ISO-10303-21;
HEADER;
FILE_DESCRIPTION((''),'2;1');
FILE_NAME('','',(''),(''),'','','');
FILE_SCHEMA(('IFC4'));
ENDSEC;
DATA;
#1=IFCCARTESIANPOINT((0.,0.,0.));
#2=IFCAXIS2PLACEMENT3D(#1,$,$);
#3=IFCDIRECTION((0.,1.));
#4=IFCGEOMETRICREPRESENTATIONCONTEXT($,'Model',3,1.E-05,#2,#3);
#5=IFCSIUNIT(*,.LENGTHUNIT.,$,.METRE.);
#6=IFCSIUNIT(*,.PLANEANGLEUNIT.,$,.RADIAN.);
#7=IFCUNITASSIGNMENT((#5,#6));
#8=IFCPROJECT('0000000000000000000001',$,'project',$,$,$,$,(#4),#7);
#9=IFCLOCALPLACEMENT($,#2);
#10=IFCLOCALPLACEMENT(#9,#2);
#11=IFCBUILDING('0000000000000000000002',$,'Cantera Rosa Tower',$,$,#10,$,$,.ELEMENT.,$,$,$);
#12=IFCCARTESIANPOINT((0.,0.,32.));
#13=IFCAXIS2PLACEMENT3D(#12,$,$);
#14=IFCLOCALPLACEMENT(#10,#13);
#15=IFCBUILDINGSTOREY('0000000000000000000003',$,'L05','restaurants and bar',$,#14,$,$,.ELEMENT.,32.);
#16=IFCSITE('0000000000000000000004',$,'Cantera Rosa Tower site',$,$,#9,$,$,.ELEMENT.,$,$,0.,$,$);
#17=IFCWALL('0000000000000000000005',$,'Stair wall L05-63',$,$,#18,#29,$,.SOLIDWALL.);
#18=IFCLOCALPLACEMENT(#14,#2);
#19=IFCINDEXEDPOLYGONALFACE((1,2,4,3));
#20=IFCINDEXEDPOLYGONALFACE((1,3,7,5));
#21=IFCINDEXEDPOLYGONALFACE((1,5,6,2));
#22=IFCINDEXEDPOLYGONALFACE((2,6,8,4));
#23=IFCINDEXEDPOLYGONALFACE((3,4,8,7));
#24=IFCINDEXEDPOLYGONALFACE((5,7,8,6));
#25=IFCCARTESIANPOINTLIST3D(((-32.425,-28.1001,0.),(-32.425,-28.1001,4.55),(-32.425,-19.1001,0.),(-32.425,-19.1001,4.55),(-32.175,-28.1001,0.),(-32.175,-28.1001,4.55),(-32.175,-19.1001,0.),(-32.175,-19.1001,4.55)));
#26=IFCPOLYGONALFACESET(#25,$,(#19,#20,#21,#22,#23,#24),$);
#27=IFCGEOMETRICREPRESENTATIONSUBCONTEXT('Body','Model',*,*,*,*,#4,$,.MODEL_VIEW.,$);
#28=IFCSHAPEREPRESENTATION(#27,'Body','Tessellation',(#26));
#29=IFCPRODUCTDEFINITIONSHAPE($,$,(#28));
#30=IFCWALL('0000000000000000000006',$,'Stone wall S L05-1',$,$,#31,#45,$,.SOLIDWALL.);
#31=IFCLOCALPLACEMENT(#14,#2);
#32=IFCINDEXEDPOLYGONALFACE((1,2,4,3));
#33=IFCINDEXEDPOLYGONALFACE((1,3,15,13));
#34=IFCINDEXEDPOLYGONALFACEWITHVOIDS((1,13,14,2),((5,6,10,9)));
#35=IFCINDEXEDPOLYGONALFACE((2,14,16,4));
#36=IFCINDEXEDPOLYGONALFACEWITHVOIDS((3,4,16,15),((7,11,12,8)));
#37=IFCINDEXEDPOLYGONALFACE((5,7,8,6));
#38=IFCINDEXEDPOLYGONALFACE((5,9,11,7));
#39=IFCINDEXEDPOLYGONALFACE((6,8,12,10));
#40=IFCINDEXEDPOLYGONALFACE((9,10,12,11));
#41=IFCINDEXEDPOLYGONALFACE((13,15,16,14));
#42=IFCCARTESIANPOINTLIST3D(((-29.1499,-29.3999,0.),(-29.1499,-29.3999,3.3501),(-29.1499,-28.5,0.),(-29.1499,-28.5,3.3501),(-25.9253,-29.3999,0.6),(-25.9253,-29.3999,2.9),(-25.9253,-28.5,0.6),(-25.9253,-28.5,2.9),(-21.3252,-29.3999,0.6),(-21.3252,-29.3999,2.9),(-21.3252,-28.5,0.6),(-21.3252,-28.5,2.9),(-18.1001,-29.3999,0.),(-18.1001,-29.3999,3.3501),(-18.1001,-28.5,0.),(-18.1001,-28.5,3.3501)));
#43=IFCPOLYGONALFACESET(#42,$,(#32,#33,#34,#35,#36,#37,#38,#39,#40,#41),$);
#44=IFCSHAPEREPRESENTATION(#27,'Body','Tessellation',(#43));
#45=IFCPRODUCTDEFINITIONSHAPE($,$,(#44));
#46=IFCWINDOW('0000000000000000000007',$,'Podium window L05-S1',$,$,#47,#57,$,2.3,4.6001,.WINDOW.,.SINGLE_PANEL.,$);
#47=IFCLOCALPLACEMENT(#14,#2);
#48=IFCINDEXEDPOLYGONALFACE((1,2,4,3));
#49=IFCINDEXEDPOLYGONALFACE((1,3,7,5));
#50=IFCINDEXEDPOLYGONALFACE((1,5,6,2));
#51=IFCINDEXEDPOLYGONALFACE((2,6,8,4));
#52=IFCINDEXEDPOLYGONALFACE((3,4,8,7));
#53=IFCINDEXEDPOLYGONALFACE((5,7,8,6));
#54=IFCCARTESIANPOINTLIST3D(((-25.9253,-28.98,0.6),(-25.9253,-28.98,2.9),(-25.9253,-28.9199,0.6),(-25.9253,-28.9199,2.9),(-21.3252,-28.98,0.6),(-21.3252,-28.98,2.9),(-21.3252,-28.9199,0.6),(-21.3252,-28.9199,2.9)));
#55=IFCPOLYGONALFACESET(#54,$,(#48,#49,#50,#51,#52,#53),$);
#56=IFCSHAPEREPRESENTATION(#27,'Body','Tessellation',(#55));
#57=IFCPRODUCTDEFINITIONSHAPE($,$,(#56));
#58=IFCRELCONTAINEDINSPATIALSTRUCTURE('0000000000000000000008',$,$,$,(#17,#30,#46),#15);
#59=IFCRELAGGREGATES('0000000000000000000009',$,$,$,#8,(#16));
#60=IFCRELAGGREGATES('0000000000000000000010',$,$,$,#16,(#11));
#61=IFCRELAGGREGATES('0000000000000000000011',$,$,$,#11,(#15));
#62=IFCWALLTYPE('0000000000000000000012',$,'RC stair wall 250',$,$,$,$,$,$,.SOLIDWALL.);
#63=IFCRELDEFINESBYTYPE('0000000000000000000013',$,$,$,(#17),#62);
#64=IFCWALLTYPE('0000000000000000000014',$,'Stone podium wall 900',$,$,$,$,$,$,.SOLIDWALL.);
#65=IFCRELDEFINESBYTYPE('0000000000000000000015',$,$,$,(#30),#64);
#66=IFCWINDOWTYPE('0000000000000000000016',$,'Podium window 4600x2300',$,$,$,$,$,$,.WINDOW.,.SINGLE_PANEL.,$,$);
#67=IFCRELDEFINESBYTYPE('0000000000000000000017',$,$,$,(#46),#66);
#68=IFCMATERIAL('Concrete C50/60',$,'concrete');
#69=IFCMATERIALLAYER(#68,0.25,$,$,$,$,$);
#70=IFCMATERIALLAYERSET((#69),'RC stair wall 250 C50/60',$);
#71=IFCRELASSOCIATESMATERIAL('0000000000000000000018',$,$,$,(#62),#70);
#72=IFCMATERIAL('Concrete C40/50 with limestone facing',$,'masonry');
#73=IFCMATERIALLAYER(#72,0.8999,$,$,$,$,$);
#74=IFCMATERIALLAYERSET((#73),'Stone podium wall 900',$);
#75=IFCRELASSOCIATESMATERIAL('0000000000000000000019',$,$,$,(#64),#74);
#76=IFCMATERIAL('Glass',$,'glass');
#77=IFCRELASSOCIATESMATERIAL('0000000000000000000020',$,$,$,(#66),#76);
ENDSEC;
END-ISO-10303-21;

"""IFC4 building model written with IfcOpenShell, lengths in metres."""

from ifc_helpers import new_model, si_unit, direction, frame, frame_2d, origin, place, context, subcontext, project, spatial, rectangle, extrude, material, layer, layer_set, type_object, element, fill, save


model = new_model("IFC4")

# Units and contexts
model_context = context("Model", 3, precision=1e-05, world=origin(), true_north=direction((0.0, 1.0)))
body_context = subcontext(model_context, "Body", "Model", "MODEL_VIEW")
ifc_project = project(units=[si_unit("LENGTHUNIT", "METRE"), si_unit("PLANEANGLEUNIT", "RADIAN")], contexts=[model_context])

# Site, building, storey
site_placement = place(None, origin())
site = spatial("IfcSite", under=ifc_project, at=site_placement, Name="Cantera Rosa Tower site", CompositionType="ELEMENT", RefElevation=0.0)
building_placement = place(site_placement, origin())
building = spatial("IfcBuilding", under=site, at=building_placement, Name="Cantera Rosa Tower", CompositionType="ELEMENT")
storey_placement = place(building_placement, frame((0.0, 0.0, 32.0)))
storey = spatial("IfcBuildingStorey", under=building, at=storey_placement, Name="L05", Description="restaurants and bar", CompositionType="ELEMENT", Elevation=32.0)

# Shared definitions
ifc_material_1 = material(Name="Concrete C50/60", Category="concrete")
ifc_layer_1 = layer(ifc_material_1, 0.25)
ifc_layer_set_1 = layer_set([ifc_layer_1], Name="RC stair wall 250 C50/60")
wall_type_1 = type_object("IfcWallType", Name="RC stair wall 250", PredefinedType="SOLIDWALL", material=ifc_layer_set_1)

# Wall
wall_1_placement = place(storey_placement, frame((-32.3, -28.1001, 0.0), z_axis=(0.0, 0.0, 1.0), x_axis=(0.0, 1.0, 0.0)))
element("IfcWall", 1, at=wall_1_placement, inside=storey, type_object=wall_type_1, Name="Stair wall L05-63", PredefinedType="SOLIDWALL", context=body_context, shape_type="SweptSolid", body=[
    extrude(rectangle(XDim=9.0, YDim=0.25, at=frame_2d((4.5, 0.0))), origin(), (0.0, 0.0, 1.0), 4.55),
])

# Wall, opening, window
ifc_material_2 = material(Name="Concrete C40/50 with limestone facing", Category="masonry")
ifc_layer_2 = layer(ifc_material_2, 0.8999)
ifc_layer_set_2 = layer_set([ifc_layer_2], Name="Stone podium wall 900")
wall_type_2 = type_object("IfcWallType", Name="Stone podium wall 900", PredefinedType="SOLIDWALL", material=ifc_layer_set_2)
wall_2_placement = place(storey_placement, frame((-18.1001, -28.95, 0.0), z_axis=(0.0, 0.0, 1.0), x_axis=(-1.0, 0.0, 0.0)))
wall_2 = element("IfcWall", 2, at=wall_2_placement, inside=storey, type_object=wall_type_2, Name="Stone wall S L05-1", PredefinedType="SOLIDWALL", context=body_context, shape_type="SweptSolid", body=[
    extrude(rectangle(XDim=11.0498, YDim=0.8999, at=frame_2d((5.5249, 0.0))), origin(), (0.0, 0.0, 1.0), 3.3501),
])
opening_1_placement = place(wall_2_placement, frame((3.2251, 0.0, 0.6001)))
opening_1 = element("IfcOpeningElement", 3, at=opening_1_placement, cuts=wall_2, PredefinedType="OPENING", context=body_context, shape_type="SweptSolid", body=[
    extrude(rectangle(XDim=4.6001, YDim=2.3, at=frame_2d((2.3, 1.1499))), frame((0.0, 0.46, 0.0), z_axis=(0.0, -1.0, 0.0), x_axis=(1.0, 0.0, 0.0)), (0.0, 0.0, 1.0), 0.9199),
])
ifc_material_3 = material(Name="Glass", Category="glass")
window_type = type_object("IfcWindowType", Name="Podium window 4600x2300", PartitioningType="SINGLE_PANEL", PredefinedType="WINDOW", material=ifc_material_3)
window_placement = place(opening_1_placement, origin())
window = element("IfcWindow", 4, at=window_placement, inside=storey, type_object=window_type, Name="Podium window L05-S1", OverallHeight=2.3, OverallWidth=4.6001, PartitioningType="SINGLE_PANEL", PredefinedType="WINDOW", context=body_context, shape_type="SweptSolid", body=[
    extrude(rectangle(XDim=4.6001, YDim=2.3, at=frame_2d((2.3, 1.1499))), frame((0.0, 0.03, 0.0), z_axis=(0.0, -1.0, 0.0), x_axis=(1.0, 0.0, 0.0)), (0.0, 0.0, 1.0), 0.0601),
])
fill(opening_1, window)

save(model, "model.ifc")
